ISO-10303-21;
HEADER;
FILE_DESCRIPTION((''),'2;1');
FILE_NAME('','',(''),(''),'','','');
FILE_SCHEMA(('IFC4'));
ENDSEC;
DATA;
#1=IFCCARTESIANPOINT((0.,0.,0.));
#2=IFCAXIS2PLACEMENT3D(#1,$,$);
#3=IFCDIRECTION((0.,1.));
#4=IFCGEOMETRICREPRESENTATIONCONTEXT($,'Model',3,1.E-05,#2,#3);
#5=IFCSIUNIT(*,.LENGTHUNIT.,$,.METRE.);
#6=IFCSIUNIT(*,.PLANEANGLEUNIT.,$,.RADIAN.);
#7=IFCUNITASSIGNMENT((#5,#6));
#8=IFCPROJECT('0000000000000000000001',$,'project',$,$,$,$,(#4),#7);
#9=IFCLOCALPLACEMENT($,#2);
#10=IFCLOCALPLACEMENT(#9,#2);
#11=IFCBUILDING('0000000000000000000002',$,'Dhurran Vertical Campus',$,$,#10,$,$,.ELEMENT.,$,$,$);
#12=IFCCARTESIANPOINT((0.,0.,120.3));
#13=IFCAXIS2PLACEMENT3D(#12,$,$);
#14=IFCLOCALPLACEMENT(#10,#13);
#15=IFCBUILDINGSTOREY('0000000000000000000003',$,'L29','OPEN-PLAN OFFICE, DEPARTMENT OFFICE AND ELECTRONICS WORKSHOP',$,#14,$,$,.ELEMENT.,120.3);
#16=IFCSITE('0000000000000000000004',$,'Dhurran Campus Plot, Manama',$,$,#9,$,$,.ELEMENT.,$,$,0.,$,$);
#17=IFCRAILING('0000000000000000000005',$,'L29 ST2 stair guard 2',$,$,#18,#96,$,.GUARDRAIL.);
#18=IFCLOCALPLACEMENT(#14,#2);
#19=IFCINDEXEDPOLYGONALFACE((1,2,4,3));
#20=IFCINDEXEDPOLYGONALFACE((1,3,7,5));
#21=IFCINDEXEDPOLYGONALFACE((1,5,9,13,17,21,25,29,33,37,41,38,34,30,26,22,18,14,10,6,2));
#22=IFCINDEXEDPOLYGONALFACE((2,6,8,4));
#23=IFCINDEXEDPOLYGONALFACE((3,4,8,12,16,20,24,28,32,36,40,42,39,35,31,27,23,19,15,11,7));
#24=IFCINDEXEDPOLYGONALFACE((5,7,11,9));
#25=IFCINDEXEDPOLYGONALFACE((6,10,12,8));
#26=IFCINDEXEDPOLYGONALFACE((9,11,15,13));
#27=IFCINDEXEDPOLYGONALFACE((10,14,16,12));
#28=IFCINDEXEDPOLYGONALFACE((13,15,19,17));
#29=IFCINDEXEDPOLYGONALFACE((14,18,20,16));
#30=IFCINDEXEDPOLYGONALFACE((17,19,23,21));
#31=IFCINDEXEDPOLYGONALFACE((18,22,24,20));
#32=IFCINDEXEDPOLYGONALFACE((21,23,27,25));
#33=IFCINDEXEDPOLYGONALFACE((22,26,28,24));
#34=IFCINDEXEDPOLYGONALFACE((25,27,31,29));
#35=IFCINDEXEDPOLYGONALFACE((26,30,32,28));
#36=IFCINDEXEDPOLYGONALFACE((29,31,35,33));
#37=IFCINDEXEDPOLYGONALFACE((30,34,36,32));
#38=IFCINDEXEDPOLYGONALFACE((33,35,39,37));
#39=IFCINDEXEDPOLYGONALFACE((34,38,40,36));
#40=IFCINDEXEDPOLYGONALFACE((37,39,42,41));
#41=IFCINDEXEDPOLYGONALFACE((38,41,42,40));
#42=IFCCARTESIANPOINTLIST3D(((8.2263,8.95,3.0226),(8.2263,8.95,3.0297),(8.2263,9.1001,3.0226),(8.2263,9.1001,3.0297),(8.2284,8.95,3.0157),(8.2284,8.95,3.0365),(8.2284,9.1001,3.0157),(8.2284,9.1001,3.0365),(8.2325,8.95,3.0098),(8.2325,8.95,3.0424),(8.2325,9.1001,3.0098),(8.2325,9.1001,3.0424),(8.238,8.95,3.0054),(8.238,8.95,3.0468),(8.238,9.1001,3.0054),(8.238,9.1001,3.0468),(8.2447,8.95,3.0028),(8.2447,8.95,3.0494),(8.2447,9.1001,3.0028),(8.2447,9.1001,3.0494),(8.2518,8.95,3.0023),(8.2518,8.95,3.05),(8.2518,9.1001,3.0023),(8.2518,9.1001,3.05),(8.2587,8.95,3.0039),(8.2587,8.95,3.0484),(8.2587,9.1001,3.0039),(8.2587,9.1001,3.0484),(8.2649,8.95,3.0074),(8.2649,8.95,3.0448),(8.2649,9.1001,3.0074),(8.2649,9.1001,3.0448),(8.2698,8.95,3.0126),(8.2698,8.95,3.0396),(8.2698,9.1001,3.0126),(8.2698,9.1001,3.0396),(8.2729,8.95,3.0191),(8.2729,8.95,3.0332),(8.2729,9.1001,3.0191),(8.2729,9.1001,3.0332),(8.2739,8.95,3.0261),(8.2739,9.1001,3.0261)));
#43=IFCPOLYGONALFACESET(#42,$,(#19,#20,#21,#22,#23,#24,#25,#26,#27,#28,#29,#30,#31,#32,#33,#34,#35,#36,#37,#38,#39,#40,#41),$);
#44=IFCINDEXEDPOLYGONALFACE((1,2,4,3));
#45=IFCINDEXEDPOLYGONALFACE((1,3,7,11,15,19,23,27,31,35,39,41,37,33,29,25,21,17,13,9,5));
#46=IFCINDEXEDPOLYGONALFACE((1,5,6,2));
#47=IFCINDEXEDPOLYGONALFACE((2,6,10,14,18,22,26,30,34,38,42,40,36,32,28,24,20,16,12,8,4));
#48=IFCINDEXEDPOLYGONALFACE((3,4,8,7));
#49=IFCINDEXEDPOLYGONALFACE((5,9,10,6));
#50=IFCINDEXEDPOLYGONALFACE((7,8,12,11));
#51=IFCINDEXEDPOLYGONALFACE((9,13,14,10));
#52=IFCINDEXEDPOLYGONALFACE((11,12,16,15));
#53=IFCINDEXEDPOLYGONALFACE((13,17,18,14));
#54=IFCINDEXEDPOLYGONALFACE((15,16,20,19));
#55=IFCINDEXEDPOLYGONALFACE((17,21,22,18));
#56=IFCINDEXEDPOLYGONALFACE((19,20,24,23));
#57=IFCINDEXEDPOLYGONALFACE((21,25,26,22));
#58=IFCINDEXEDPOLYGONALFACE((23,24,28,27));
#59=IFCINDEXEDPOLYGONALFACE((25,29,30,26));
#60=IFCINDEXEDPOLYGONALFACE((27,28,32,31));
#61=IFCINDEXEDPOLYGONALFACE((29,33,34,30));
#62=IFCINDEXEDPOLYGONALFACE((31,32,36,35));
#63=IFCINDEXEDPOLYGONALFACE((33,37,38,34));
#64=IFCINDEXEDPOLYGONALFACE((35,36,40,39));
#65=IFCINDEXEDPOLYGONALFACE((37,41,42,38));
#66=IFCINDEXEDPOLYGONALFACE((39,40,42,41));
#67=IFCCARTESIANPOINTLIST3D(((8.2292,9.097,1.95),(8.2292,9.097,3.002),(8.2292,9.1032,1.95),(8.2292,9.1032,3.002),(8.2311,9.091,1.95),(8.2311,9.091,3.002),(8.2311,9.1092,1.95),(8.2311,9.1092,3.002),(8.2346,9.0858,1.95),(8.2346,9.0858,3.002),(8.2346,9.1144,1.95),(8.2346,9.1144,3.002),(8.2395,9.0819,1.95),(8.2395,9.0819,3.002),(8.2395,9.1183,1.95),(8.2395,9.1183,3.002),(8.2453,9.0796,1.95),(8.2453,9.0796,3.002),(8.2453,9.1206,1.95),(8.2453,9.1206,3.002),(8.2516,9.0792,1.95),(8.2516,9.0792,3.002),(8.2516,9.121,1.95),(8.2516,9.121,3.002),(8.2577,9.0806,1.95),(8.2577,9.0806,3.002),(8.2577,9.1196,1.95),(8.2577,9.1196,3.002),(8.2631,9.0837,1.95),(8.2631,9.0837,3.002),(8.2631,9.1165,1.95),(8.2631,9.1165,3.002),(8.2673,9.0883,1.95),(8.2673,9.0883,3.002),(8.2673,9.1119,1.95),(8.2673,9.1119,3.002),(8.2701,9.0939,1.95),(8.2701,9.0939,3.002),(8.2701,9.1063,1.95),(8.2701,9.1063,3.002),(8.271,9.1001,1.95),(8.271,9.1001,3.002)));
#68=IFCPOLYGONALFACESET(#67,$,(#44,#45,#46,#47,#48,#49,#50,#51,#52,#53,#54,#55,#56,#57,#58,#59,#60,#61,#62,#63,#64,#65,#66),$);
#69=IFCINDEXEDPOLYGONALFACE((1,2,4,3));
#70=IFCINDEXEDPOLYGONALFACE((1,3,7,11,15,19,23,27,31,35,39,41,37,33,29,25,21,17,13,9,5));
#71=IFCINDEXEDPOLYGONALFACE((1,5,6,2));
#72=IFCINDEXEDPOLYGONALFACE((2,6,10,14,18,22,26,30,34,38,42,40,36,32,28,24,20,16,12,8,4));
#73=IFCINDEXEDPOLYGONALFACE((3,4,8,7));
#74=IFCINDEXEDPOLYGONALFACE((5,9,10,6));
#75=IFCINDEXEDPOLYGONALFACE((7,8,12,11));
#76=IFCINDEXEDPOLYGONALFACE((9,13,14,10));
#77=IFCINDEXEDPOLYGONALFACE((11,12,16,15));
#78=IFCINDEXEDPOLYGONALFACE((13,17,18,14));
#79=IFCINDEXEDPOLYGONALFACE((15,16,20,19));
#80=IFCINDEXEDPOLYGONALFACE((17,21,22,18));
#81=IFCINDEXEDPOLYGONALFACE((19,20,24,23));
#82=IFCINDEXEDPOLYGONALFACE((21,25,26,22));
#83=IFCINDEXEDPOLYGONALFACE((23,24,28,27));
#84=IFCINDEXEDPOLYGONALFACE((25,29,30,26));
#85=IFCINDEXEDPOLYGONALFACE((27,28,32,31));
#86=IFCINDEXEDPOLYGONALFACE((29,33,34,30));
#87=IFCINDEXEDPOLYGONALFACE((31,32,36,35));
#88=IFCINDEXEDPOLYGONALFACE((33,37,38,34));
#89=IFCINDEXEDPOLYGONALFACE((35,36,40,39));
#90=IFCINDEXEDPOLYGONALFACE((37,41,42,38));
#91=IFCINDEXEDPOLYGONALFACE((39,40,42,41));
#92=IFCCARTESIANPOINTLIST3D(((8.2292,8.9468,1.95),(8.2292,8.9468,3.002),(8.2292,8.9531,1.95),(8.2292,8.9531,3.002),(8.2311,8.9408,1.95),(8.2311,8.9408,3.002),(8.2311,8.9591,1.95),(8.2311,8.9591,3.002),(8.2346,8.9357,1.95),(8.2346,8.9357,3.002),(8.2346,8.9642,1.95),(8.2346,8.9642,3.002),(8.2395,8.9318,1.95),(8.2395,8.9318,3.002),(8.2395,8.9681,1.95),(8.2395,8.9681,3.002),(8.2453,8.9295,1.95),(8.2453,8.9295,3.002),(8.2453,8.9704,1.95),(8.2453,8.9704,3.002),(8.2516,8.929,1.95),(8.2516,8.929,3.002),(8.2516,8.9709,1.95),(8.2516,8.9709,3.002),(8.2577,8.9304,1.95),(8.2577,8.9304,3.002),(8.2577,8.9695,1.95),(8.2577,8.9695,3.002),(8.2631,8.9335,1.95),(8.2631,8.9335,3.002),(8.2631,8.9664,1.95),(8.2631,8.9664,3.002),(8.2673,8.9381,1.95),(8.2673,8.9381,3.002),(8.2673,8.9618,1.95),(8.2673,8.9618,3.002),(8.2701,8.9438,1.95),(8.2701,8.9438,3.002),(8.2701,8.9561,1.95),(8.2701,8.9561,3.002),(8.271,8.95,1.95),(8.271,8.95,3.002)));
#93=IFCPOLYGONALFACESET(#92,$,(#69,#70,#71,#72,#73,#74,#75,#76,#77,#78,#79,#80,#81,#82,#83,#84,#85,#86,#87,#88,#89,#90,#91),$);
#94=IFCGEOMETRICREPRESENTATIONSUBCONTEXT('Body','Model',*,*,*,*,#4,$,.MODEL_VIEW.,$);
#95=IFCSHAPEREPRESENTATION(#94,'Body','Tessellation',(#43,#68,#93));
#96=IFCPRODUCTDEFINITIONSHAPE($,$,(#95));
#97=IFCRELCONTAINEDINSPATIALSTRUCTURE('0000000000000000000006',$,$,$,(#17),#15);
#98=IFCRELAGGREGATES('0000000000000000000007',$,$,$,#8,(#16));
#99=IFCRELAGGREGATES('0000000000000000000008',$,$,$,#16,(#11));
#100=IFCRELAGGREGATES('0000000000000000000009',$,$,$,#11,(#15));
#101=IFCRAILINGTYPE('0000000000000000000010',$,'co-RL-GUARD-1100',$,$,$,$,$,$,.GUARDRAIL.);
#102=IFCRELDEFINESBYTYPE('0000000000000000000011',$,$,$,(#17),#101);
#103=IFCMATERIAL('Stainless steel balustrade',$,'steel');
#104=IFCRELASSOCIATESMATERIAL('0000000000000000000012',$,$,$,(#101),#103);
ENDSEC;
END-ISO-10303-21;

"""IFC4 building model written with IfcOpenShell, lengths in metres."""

from ifc_helpers import new_model, si_unit, direction, frame, origin, origin_2d, place, context, subcontext, project, spatial, circle, extrude, material, type_object, element, save


model = new_model("IFC4")

# Units and contexts
model_context = context("Model", 3, precision=1e-05, world=origin(), true_north=direction((0.0, 1.0)))
body_context = subcontext(model_context, "Body", "Model", "MODEL_VIEW")
ifc_project = project(units=[si_unit("LENGTHUNIT", "METRE"), si_unit("PLANEANGLEUNIT", "RADIAN")], contexts=[model_context])

# Site, building, storey
site_placement = place(None, origin())
site = spatial("IfcSite", under=ifc_project, at=site_placement, Name="Dhurran Campus Plot, Manama", CompositionType="ELEMENT", RefElevation=0.0)
building_placement = place(site_placement, origin())
building = spatial("IfcBuilding", under=site, at=building_placement, Name="Dhurran Vertical Campus", CompositionType="ELEMENT")
storey_placement = place(building_placement, frame((0.0, 0.0, 120.3)))
storey = spatial("IfcBuildingStorey", under=building, at=storey_placement, Name="L29", Description="OPEN-PLAN OFFICE, DEPARTMENT OFFICE AND ELECTRONICS WORKSHOP", CompositionType="ELEMENT", Elevation=120.3)

# Railing
ifc_material_1 = material(Name="Stainless steel balustrade", Category="steel")
railing_type_1 = type_object("IfcRailingType", Name="co-RL-GUARD-1100", PredefinedType="GUARDRAIL", material=ifc_material_1)
railing_1_placement = place(storey_placement, frame((8.25, 9.1001, 1.95)))
element("IfcRailing", 1, at=railing_1_placement, inside=storey, type_object=railing_type_1, Name="L29 ST2 stair guard 2", PredefinedType="GUARDRAIL", context=body_context, shape_type="SweptSolid", body=[
    extrude(circle(Radius=0.0239, at=origin_2d()), frame((0.0, 0.0, 1.0762), z_axis=(0.0, -1.0, 0.0), x_axis=(1.0, 0.0, 0.0)), (0.0, 0.0, 1.0), 0.1501),
    extrude(circle(Radius=0.021, at=origin_2d()), origin(), (0.0, 0.0, 1.0), 1.052),
    extrude(circle(Radius=0.021, at=origin_2d()), frame((0.0, -0.1501, 0.0)), (0.0, 0.0, 1.0), 1.052),
])

save(model, "model.ifc")
